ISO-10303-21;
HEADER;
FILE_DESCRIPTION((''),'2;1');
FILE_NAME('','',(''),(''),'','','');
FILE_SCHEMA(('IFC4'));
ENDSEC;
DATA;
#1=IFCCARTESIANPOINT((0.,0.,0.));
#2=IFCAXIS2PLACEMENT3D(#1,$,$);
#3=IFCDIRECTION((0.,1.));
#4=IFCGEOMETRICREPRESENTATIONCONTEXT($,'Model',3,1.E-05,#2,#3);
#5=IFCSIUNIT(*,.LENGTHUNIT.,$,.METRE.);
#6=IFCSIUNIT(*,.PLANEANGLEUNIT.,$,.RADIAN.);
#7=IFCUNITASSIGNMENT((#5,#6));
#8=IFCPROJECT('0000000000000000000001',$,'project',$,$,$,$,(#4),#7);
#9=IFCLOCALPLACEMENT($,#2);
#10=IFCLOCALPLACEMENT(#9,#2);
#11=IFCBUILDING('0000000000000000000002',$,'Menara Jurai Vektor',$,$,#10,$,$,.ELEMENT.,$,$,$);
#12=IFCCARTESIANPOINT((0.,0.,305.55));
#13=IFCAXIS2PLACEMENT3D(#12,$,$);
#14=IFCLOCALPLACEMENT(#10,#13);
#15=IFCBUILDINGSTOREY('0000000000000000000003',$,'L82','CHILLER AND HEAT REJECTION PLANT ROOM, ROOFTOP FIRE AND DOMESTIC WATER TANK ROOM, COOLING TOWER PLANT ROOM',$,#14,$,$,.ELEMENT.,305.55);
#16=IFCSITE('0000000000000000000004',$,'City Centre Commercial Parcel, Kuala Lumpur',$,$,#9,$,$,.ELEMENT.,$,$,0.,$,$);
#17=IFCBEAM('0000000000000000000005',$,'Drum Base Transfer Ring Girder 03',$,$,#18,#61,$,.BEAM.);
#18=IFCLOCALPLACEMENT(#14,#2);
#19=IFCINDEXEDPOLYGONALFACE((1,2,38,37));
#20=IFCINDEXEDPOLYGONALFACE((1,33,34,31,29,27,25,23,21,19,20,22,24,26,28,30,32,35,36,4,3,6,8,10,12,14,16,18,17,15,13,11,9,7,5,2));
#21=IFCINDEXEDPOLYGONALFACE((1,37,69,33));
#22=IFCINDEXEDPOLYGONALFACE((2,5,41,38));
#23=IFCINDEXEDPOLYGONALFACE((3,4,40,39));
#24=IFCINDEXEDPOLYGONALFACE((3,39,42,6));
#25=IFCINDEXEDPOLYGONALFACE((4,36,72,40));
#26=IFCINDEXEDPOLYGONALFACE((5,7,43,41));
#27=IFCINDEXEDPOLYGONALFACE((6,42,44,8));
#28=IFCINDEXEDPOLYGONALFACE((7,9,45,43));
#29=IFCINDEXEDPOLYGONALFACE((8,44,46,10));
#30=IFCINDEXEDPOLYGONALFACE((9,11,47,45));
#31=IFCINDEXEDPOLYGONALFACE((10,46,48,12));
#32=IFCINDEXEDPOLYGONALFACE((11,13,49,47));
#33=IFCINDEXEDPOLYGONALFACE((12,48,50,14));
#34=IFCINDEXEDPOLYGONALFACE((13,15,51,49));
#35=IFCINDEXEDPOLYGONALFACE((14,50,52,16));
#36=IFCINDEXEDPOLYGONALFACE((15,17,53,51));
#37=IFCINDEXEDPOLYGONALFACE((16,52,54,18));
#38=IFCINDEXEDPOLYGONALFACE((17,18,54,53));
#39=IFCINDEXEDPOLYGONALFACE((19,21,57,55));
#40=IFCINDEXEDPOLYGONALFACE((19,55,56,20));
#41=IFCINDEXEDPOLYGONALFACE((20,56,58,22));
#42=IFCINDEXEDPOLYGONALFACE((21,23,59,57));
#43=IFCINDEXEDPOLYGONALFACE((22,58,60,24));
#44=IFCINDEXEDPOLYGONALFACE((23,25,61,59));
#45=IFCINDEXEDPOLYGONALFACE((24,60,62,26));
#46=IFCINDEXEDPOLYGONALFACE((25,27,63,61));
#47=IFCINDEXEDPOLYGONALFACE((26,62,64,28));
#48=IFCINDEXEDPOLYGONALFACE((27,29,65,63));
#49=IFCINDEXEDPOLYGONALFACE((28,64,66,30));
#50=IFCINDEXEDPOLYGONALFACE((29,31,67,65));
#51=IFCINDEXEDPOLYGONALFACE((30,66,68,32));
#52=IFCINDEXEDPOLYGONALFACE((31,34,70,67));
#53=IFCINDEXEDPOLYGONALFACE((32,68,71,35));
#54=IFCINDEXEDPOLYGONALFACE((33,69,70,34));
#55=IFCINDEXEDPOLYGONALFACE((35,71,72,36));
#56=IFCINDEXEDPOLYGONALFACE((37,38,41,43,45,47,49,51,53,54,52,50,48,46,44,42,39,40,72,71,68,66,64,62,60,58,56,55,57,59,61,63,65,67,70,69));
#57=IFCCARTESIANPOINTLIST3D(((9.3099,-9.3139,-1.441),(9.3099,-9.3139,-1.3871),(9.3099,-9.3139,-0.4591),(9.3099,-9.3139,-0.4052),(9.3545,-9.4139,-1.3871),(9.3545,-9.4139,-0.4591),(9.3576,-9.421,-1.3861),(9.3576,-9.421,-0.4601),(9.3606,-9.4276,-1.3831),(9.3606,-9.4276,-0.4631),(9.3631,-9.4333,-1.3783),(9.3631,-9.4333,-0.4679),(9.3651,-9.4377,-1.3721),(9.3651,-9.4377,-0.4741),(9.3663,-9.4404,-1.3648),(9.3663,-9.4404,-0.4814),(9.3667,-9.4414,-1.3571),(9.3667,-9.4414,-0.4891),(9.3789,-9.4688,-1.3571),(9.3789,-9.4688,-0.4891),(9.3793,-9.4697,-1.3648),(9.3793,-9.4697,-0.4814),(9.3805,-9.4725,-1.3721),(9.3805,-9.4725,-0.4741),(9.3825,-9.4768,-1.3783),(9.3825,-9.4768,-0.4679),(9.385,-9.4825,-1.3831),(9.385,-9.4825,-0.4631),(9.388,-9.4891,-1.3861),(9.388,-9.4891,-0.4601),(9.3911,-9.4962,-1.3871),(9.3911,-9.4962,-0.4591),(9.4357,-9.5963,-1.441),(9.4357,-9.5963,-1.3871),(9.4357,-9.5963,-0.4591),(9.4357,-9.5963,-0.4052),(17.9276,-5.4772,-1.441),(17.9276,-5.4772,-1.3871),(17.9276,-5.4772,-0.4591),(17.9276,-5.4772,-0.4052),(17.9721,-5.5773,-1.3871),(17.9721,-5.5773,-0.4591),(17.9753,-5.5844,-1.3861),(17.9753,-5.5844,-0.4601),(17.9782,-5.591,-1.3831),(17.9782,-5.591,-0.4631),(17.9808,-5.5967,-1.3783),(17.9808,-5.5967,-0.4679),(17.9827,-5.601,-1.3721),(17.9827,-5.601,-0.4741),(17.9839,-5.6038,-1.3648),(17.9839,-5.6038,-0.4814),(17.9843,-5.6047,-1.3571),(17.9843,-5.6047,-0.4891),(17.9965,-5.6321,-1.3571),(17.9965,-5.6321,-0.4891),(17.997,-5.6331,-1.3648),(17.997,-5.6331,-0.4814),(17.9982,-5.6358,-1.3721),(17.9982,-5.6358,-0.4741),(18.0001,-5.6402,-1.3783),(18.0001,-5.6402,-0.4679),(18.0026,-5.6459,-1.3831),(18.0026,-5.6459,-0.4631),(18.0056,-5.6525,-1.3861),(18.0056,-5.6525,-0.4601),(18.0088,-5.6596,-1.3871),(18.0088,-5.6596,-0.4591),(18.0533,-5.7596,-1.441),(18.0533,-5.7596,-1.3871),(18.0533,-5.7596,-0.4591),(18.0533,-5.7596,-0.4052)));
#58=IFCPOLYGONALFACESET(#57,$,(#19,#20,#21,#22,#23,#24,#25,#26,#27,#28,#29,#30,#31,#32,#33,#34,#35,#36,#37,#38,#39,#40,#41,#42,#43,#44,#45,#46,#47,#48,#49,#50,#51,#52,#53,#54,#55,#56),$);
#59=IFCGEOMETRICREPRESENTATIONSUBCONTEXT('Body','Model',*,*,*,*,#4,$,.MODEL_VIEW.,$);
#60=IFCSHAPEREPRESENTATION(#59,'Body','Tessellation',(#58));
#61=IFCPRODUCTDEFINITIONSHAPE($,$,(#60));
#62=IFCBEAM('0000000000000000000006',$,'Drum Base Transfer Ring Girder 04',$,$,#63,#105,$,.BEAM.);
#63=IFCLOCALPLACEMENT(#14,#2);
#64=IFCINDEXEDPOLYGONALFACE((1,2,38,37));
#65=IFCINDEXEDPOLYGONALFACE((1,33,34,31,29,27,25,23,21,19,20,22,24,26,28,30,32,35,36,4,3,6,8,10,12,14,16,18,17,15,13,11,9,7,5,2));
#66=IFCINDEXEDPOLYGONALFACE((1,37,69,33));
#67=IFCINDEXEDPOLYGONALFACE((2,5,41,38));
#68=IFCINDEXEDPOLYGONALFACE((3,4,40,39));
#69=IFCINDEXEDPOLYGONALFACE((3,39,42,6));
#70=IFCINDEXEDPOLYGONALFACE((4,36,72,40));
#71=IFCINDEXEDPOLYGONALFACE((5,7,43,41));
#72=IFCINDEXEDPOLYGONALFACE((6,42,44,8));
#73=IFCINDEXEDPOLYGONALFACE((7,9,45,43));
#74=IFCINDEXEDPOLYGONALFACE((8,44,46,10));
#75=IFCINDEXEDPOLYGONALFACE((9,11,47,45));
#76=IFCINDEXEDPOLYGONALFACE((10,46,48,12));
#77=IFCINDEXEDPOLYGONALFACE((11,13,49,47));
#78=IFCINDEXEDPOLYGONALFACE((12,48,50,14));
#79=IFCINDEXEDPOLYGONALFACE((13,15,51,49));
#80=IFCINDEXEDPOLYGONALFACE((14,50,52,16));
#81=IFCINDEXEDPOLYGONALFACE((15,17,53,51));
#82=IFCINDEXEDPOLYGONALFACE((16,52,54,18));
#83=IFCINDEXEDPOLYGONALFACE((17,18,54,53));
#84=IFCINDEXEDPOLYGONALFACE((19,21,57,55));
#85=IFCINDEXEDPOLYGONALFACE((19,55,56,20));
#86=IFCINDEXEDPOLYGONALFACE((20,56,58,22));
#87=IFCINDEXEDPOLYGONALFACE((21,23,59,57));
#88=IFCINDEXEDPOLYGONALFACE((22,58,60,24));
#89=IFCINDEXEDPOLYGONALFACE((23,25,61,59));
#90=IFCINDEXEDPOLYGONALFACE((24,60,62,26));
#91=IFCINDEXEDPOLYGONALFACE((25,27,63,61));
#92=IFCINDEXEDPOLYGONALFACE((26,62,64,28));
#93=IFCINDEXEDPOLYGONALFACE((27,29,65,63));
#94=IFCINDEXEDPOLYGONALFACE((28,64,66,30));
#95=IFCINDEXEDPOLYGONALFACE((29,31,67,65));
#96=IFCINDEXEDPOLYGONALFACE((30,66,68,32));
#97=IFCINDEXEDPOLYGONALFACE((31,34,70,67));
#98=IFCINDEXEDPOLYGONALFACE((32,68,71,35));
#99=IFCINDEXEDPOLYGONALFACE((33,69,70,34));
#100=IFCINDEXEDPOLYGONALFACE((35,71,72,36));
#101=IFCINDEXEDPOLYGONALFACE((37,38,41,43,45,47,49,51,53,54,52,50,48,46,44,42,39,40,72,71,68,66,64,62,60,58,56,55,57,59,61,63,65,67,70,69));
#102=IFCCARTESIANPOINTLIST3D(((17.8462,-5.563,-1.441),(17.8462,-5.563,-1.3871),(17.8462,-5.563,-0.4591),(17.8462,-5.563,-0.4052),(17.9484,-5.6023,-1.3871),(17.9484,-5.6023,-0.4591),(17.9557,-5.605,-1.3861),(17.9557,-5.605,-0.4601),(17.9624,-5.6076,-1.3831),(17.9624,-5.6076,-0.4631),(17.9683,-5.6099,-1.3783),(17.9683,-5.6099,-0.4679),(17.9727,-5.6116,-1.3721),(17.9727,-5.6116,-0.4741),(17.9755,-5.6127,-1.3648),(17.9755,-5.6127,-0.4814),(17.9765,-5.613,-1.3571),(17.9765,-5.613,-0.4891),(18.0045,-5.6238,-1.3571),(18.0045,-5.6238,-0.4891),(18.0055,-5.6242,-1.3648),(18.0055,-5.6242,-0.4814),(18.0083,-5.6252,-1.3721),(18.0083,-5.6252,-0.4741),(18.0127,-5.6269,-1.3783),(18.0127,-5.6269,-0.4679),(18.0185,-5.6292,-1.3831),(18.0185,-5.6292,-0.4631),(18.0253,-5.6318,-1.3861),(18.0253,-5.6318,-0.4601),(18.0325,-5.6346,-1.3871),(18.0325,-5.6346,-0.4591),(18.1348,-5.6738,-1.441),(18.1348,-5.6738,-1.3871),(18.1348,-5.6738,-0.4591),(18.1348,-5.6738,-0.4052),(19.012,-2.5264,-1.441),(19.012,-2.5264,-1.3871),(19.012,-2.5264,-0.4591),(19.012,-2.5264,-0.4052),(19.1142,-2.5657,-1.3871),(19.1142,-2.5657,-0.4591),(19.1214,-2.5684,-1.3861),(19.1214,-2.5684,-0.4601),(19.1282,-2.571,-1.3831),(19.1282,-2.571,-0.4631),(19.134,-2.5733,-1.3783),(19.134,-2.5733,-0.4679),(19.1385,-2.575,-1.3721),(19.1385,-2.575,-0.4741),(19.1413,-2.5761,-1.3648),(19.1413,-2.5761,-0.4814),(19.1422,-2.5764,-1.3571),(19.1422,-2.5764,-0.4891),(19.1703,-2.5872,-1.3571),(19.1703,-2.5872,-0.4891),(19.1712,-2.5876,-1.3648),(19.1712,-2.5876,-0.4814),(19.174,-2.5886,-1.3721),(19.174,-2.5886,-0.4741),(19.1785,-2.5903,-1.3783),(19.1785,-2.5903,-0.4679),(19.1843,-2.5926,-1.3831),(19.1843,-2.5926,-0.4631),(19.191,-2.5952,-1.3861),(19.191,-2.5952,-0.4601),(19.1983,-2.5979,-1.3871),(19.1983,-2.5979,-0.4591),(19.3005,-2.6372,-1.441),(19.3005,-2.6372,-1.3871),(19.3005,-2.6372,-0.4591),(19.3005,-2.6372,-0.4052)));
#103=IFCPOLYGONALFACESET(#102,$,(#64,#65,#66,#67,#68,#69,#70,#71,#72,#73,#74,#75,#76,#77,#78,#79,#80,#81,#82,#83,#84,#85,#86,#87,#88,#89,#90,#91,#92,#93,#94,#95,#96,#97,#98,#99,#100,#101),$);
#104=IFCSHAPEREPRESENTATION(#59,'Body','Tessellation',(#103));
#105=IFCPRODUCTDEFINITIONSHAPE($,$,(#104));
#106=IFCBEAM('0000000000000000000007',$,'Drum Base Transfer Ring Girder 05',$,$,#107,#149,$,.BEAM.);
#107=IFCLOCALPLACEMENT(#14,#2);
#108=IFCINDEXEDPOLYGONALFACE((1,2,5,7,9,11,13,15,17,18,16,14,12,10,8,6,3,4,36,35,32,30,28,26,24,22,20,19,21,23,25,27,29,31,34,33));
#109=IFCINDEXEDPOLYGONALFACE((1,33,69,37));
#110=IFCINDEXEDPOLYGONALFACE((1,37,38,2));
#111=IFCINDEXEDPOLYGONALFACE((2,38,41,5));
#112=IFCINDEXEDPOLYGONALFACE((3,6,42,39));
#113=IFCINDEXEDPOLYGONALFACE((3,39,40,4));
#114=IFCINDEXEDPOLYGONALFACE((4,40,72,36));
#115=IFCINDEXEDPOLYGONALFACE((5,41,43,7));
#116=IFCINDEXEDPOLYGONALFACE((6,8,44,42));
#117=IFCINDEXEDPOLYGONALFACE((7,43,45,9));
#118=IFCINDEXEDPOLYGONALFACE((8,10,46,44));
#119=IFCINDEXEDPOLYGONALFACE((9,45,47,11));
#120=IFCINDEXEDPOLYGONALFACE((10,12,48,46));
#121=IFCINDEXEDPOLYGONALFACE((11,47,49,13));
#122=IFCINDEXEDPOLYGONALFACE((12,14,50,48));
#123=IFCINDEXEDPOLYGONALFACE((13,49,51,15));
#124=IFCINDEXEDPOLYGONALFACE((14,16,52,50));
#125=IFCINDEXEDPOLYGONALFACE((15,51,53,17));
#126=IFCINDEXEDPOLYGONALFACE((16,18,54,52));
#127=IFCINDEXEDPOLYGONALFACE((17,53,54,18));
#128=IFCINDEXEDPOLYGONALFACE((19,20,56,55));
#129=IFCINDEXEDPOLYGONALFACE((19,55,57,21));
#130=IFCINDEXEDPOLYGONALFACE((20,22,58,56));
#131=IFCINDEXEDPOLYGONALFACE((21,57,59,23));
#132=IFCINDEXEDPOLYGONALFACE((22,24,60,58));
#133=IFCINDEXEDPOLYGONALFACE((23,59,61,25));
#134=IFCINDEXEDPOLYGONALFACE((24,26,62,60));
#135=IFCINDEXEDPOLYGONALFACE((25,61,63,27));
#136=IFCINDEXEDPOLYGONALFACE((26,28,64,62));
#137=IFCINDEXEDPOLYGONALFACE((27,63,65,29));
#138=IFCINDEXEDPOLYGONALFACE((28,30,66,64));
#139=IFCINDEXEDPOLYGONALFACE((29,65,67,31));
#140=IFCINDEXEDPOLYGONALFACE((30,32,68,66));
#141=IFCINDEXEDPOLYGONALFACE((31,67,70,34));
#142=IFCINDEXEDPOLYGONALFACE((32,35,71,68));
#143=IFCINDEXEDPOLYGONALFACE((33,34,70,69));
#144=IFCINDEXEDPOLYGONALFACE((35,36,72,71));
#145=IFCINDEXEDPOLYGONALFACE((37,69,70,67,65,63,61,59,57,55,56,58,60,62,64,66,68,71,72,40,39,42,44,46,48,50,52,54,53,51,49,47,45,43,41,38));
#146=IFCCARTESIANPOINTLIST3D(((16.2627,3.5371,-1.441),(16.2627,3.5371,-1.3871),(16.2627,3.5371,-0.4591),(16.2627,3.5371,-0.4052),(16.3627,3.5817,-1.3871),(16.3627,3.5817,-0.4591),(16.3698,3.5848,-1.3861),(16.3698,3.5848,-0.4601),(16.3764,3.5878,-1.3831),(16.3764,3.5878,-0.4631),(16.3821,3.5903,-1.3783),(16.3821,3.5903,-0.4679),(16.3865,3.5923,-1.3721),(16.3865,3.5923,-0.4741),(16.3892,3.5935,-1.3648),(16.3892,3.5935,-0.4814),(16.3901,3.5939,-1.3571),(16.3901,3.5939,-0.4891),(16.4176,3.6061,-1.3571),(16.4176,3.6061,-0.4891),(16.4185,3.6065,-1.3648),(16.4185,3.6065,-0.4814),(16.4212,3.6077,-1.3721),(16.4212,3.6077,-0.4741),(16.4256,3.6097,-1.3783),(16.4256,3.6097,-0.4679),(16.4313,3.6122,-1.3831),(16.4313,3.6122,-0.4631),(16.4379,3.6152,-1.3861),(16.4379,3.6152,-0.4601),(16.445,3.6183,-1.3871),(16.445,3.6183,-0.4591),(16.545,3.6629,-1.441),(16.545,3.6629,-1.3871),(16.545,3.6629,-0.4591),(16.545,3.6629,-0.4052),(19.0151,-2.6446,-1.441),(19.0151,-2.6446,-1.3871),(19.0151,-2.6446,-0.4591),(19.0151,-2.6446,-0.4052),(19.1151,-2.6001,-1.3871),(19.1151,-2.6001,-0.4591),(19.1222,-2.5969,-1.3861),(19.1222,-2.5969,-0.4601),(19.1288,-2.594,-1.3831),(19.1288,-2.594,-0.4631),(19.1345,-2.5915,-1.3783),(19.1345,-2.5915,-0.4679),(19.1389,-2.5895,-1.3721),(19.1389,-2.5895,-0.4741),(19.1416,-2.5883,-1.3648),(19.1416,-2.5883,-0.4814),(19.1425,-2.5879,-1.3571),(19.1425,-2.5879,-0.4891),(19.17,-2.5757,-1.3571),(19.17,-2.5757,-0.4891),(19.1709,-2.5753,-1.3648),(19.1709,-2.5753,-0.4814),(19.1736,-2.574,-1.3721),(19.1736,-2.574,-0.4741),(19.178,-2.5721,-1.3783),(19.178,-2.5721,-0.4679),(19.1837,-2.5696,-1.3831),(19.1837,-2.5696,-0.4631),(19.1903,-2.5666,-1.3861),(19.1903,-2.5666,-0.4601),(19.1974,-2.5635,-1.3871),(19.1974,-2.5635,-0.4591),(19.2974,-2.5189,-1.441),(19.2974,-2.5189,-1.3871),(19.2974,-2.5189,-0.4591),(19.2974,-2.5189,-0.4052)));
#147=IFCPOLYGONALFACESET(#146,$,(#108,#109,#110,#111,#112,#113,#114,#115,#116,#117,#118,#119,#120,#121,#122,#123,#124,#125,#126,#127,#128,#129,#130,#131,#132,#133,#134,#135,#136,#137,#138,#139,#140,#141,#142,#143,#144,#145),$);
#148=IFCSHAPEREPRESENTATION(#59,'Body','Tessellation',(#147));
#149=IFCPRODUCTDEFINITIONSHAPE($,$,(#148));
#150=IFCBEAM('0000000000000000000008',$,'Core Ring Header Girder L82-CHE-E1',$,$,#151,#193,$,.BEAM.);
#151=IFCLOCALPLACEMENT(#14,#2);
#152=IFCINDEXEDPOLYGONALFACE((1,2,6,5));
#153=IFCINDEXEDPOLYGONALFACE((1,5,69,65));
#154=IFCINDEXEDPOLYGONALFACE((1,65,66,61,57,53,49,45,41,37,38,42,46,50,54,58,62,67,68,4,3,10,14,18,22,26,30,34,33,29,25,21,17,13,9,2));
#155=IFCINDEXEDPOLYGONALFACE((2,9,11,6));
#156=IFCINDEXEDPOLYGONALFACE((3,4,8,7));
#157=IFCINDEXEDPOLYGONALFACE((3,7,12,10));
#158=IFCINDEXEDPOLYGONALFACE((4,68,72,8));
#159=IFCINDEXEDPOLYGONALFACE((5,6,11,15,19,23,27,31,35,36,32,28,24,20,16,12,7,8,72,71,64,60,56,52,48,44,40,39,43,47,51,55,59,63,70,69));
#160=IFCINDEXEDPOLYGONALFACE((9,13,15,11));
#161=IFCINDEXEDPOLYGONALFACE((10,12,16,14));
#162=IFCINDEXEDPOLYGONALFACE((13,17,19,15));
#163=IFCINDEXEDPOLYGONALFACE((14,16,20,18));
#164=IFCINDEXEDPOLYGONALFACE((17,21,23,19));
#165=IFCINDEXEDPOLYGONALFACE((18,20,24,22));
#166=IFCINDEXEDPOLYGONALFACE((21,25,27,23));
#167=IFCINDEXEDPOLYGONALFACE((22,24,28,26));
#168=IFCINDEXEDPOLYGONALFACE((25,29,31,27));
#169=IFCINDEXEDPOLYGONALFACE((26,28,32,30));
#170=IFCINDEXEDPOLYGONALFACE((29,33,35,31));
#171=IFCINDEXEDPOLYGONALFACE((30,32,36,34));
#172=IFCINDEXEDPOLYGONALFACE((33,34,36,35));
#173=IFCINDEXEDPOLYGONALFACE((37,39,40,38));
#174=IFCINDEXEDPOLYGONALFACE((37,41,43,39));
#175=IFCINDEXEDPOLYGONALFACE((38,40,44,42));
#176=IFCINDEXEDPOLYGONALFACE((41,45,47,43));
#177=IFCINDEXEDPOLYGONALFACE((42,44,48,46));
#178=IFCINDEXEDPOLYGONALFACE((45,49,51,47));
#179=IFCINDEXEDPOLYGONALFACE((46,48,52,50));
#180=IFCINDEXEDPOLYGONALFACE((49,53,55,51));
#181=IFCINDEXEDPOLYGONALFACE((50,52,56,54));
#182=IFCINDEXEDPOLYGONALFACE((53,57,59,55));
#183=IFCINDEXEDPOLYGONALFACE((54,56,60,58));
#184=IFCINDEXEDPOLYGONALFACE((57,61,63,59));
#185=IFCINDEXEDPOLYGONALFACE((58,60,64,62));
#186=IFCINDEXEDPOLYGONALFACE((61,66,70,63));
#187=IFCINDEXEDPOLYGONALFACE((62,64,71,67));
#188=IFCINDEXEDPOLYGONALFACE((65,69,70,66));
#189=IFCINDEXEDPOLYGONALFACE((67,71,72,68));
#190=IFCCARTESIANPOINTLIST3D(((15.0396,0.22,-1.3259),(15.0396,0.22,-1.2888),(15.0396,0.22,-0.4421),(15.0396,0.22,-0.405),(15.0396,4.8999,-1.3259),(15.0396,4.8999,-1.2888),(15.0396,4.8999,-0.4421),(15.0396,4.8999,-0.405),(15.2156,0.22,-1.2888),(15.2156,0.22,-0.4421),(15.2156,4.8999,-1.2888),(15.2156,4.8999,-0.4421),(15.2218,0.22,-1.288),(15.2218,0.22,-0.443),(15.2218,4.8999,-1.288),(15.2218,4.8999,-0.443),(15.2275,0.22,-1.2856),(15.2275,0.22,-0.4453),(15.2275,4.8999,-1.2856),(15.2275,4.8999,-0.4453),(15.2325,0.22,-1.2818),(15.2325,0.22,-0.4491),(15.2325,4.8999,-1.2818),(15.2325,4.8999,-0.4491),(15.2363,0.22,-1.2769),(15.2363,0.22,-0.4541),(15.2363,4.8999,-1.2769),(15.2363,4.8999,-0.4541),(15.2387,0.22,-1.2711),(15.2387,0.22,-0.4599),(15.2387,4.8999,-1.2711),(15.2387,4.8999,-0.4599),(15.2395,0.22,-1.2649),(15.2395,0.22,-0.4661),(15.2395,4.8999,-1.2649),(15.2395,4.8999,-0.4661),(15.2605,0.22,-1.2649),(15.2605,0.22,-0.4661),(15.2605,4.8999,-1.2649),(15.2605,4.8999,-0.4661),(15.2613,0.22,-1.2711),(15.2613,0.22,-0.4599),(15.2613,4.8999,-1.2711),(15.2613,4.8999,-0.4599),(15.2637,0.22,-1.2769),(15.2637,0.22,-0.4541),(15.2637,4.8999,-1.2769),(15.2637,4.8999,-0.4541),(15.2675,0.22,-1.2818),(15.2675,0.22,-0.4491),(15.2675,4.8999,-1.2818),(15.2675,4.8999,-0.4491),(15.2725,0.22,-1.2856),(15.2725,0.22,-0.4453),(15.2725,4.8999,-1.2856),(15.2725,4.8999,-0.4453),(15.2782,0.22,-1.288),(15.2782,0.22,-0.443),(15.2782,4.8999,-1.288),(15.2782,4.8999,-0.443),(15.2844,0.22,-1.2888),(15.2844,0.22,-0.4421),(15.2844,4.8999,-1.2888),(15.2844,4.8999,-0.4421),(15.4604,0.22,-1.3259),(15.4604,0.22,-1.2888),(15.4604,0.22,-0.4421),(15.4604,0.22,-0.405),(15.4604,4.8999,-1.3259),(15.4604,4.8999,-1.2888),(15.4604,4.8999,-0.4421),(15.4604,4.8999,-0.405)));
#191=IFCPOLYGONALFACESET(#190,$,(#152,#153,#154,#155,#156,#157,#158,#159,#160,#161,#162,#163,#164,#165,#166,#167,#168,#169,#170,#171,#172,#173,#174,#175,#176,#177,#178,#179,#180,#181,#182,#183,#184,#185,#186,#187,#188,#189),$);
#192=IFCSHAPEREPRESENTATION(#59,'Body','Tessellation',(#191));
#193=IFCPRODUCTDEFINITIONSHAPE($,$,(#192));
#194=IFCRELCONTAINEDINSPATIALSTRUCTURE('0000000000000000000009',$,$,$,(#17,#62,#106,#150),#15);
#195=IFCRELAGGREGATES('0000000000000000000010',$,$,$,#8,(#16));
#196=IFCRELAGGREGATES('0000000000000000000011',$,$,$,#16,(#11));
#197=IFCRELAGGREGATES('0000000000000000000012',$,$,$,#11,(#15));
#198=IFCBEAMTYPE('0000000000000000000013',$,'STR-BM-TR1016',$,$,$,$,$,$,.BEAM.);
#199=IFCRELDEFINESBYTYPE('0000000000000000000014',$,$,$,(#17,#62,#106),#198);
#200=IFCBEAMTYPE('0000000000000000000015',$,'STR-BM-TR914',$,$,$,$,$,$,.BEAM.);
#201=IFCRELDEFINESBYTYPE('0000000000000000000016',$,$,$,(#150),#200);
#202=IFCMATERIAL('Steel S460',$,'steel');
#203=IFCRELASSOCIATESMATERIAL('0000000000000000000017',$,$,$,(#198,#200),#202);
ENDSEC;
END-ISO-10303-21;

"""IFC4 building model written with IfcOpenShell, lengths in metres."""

from ifc_helpers import new_model, si_unit, direction, frame, origin, origin_2d, place, context, subcontext, project, spatial, i_section, extrude, material, material_profile, profile_set, type_object, element, save


model = new_model("IFC4")

# Units and contexts
model_context = context("Model", 3, precision=1e-05, world=origin(), true_north=direction((0.0, 1.0)))
body_context = subcontext(model_context, "Body", "Model", "MODEL_VIEW")
ifc_project = project(units=[si_unit("LENGTHUNIT", "METRE"), si_unit("PLANEANGLEUNIT", "RADIAN")], contexts=[model_context])

# Site, building, storey
site_placement = place(None, origin())
site = spatial("IfcSite", under=ifc_project, at=site_placement, Name="City Centre Commercial Parcel, Kuala Lumpur", CompositionType="ELEMENT", RefElevation=0.0)
building_placement = place(site_placement, origin())
building = spatial("IfcBuilding", under=site, at=building_placement, Name="Menara Jurai Vektor", CompositionType="ELEMENT")
storey_placement = place(building_placement, frame((0.0, 0.0, 305.55)))
storey = spatial("IfcBuildingStorey", under=building, at=storey_placement, Name="L82", Description="CHILLER AND HEAT REJECTION PLANT ROOM, ROOFTOP FIRE AND DOMESTIC WATER TANK ROOM, COOLING TOWER PLANT ROOM", CompositionType="ELEMENT", Elevation=305.55)

# Shared definitions
ifc_material_1 = material(Name="Steel S460", Category="steel")

# Beams
ifc_material_profile_1 = material_profile(ifc_material_1, i_section(OverallWidth=0.3091, OverallDepth=1.0359, WebThickness=0.03, FlangeThickness=0.054, FilletRadius=0.03, at=origin_2d()), Name="UKB 1016x305x487")
ifc_profile_set_1 = profile_set([ifc_material_profile_1], Name="Steel S460")
beam_type_1 = type_object("IfcBeamType", Name="STR-BM-TR1016", PredefinedType="BEAM", material=ifc_profile_set_1)
beam_1_placement = place(storey_placement, frame((9.3728, -9.4551, -0.9231), z_axis=(0.913552, 0.406722, 0.0), x_axis=(-0.406722, 0.913552, 0.0)))
element("IfcBeam", 1, at=beam_1_placement, inside=storey, type_object=beam_type_1, Name="Drum Base Transfer Ring Girder 03", PredefinedType="BEAM", context=body_context, shape_type="SweptSolid", body=[
    extrude(i_section(OverallWidth=0.3091, OverallDepth=1.0359, WebThickness=0.03, FlangeThickness=0.054, FilletRadius=0.03, at=origin_2d()), origin(), (0.0, 0.0, 1.0), 9.4331),
])
beam_2_placement = place(storey_placement, frame((17.9905, -5.6184, -0.9231), z_axis=(0.358401, 0.933568, 0.0), x_axis=(-0.933568, 0.358401, 0.0)))
element("IfcBeam", 2, at=beam_2_placement, inside=storey, type_object=beam_type_1, Name="Drum Base Transfer Ring Girder 04", PredefinedType="BEAM", context=body_context, shape_type="SweptSolid", body=[
    extrude(i_section(OverallWidth=0.3091, OverallDepth=1.0359, WebThickness=0.03, FlangeThickness=0.054, FilletRadius=0.03, at=origin_2d()), origin(), (0.0, 0.0, 1.0), 3.2527),
])
beam_3_placement = place(storey_placement, frame((19.1562, -2.5818, -0.9231), z_axis=(-0.406748, 0.913541, 0.0), x_axis=(-0.913541, -0.406748, 0.0)))
element("IfcBeam", 3, at=beam_3_placement, inside=storey, type_object=beam_type_1, Name="Drum Base Transfer Ring Girder 05", PredefinedType="BEAM", context=body_context, shape_type="SweptSolid", body=[
    extrude(i_section(OverallWidth=0.3091, OverallDepth=1.0359, WebThickness=0.03, FlangeThickness=0.054, FilletRadius=0.03, at=origin_2d()), origin(), (0.0, 0.0, 1.0), 6.7668),
])
ifc_material_profile_2 = material_profile(ifc_material_1, i_section(OverallWidth=0.4209, OverallDepth=0.9209, WebThickness=0.021, FlangeThickness=0.0371, FilletRadius=0.0239, at=origin_2d()), Name="UKB 914x419x388")
ifc_profile_set_2 = profile_set([ifc_material_profile_2], Name="Steel S460")
beam_type_2 = type_object("IfcBeamType", Name="STR-BM-TR914", PredefinedType="BEAM", material=ifc_profile_set_2)
beam_4_placement = place(storey_placement, frame((15.25, 0.22, -0.8655), z_axis=(0.0, 1.0, 0.0), x_axis=(-1.0, 0.0, 0.0)))
element("IfcBeam", 4, at=beam_4_placement, inside=storey, type_object=beam_type_2, Name="Core Ring Header Girder L82-CHE-E1", PredefinedType="BEAM", context=body_context, shape_type="SweptSolid", body=[
    extrude(i_section(OverallWidth=0.4209, OverallDepth=0.9209, WebThickness=0.021, FlangeThickness=0.0371, FilletRadius=0.0239, at=origin_2d()), origin(), (0.0, 0.0, 1.0), 4.6799),
])

save(model, "model.ifc")
